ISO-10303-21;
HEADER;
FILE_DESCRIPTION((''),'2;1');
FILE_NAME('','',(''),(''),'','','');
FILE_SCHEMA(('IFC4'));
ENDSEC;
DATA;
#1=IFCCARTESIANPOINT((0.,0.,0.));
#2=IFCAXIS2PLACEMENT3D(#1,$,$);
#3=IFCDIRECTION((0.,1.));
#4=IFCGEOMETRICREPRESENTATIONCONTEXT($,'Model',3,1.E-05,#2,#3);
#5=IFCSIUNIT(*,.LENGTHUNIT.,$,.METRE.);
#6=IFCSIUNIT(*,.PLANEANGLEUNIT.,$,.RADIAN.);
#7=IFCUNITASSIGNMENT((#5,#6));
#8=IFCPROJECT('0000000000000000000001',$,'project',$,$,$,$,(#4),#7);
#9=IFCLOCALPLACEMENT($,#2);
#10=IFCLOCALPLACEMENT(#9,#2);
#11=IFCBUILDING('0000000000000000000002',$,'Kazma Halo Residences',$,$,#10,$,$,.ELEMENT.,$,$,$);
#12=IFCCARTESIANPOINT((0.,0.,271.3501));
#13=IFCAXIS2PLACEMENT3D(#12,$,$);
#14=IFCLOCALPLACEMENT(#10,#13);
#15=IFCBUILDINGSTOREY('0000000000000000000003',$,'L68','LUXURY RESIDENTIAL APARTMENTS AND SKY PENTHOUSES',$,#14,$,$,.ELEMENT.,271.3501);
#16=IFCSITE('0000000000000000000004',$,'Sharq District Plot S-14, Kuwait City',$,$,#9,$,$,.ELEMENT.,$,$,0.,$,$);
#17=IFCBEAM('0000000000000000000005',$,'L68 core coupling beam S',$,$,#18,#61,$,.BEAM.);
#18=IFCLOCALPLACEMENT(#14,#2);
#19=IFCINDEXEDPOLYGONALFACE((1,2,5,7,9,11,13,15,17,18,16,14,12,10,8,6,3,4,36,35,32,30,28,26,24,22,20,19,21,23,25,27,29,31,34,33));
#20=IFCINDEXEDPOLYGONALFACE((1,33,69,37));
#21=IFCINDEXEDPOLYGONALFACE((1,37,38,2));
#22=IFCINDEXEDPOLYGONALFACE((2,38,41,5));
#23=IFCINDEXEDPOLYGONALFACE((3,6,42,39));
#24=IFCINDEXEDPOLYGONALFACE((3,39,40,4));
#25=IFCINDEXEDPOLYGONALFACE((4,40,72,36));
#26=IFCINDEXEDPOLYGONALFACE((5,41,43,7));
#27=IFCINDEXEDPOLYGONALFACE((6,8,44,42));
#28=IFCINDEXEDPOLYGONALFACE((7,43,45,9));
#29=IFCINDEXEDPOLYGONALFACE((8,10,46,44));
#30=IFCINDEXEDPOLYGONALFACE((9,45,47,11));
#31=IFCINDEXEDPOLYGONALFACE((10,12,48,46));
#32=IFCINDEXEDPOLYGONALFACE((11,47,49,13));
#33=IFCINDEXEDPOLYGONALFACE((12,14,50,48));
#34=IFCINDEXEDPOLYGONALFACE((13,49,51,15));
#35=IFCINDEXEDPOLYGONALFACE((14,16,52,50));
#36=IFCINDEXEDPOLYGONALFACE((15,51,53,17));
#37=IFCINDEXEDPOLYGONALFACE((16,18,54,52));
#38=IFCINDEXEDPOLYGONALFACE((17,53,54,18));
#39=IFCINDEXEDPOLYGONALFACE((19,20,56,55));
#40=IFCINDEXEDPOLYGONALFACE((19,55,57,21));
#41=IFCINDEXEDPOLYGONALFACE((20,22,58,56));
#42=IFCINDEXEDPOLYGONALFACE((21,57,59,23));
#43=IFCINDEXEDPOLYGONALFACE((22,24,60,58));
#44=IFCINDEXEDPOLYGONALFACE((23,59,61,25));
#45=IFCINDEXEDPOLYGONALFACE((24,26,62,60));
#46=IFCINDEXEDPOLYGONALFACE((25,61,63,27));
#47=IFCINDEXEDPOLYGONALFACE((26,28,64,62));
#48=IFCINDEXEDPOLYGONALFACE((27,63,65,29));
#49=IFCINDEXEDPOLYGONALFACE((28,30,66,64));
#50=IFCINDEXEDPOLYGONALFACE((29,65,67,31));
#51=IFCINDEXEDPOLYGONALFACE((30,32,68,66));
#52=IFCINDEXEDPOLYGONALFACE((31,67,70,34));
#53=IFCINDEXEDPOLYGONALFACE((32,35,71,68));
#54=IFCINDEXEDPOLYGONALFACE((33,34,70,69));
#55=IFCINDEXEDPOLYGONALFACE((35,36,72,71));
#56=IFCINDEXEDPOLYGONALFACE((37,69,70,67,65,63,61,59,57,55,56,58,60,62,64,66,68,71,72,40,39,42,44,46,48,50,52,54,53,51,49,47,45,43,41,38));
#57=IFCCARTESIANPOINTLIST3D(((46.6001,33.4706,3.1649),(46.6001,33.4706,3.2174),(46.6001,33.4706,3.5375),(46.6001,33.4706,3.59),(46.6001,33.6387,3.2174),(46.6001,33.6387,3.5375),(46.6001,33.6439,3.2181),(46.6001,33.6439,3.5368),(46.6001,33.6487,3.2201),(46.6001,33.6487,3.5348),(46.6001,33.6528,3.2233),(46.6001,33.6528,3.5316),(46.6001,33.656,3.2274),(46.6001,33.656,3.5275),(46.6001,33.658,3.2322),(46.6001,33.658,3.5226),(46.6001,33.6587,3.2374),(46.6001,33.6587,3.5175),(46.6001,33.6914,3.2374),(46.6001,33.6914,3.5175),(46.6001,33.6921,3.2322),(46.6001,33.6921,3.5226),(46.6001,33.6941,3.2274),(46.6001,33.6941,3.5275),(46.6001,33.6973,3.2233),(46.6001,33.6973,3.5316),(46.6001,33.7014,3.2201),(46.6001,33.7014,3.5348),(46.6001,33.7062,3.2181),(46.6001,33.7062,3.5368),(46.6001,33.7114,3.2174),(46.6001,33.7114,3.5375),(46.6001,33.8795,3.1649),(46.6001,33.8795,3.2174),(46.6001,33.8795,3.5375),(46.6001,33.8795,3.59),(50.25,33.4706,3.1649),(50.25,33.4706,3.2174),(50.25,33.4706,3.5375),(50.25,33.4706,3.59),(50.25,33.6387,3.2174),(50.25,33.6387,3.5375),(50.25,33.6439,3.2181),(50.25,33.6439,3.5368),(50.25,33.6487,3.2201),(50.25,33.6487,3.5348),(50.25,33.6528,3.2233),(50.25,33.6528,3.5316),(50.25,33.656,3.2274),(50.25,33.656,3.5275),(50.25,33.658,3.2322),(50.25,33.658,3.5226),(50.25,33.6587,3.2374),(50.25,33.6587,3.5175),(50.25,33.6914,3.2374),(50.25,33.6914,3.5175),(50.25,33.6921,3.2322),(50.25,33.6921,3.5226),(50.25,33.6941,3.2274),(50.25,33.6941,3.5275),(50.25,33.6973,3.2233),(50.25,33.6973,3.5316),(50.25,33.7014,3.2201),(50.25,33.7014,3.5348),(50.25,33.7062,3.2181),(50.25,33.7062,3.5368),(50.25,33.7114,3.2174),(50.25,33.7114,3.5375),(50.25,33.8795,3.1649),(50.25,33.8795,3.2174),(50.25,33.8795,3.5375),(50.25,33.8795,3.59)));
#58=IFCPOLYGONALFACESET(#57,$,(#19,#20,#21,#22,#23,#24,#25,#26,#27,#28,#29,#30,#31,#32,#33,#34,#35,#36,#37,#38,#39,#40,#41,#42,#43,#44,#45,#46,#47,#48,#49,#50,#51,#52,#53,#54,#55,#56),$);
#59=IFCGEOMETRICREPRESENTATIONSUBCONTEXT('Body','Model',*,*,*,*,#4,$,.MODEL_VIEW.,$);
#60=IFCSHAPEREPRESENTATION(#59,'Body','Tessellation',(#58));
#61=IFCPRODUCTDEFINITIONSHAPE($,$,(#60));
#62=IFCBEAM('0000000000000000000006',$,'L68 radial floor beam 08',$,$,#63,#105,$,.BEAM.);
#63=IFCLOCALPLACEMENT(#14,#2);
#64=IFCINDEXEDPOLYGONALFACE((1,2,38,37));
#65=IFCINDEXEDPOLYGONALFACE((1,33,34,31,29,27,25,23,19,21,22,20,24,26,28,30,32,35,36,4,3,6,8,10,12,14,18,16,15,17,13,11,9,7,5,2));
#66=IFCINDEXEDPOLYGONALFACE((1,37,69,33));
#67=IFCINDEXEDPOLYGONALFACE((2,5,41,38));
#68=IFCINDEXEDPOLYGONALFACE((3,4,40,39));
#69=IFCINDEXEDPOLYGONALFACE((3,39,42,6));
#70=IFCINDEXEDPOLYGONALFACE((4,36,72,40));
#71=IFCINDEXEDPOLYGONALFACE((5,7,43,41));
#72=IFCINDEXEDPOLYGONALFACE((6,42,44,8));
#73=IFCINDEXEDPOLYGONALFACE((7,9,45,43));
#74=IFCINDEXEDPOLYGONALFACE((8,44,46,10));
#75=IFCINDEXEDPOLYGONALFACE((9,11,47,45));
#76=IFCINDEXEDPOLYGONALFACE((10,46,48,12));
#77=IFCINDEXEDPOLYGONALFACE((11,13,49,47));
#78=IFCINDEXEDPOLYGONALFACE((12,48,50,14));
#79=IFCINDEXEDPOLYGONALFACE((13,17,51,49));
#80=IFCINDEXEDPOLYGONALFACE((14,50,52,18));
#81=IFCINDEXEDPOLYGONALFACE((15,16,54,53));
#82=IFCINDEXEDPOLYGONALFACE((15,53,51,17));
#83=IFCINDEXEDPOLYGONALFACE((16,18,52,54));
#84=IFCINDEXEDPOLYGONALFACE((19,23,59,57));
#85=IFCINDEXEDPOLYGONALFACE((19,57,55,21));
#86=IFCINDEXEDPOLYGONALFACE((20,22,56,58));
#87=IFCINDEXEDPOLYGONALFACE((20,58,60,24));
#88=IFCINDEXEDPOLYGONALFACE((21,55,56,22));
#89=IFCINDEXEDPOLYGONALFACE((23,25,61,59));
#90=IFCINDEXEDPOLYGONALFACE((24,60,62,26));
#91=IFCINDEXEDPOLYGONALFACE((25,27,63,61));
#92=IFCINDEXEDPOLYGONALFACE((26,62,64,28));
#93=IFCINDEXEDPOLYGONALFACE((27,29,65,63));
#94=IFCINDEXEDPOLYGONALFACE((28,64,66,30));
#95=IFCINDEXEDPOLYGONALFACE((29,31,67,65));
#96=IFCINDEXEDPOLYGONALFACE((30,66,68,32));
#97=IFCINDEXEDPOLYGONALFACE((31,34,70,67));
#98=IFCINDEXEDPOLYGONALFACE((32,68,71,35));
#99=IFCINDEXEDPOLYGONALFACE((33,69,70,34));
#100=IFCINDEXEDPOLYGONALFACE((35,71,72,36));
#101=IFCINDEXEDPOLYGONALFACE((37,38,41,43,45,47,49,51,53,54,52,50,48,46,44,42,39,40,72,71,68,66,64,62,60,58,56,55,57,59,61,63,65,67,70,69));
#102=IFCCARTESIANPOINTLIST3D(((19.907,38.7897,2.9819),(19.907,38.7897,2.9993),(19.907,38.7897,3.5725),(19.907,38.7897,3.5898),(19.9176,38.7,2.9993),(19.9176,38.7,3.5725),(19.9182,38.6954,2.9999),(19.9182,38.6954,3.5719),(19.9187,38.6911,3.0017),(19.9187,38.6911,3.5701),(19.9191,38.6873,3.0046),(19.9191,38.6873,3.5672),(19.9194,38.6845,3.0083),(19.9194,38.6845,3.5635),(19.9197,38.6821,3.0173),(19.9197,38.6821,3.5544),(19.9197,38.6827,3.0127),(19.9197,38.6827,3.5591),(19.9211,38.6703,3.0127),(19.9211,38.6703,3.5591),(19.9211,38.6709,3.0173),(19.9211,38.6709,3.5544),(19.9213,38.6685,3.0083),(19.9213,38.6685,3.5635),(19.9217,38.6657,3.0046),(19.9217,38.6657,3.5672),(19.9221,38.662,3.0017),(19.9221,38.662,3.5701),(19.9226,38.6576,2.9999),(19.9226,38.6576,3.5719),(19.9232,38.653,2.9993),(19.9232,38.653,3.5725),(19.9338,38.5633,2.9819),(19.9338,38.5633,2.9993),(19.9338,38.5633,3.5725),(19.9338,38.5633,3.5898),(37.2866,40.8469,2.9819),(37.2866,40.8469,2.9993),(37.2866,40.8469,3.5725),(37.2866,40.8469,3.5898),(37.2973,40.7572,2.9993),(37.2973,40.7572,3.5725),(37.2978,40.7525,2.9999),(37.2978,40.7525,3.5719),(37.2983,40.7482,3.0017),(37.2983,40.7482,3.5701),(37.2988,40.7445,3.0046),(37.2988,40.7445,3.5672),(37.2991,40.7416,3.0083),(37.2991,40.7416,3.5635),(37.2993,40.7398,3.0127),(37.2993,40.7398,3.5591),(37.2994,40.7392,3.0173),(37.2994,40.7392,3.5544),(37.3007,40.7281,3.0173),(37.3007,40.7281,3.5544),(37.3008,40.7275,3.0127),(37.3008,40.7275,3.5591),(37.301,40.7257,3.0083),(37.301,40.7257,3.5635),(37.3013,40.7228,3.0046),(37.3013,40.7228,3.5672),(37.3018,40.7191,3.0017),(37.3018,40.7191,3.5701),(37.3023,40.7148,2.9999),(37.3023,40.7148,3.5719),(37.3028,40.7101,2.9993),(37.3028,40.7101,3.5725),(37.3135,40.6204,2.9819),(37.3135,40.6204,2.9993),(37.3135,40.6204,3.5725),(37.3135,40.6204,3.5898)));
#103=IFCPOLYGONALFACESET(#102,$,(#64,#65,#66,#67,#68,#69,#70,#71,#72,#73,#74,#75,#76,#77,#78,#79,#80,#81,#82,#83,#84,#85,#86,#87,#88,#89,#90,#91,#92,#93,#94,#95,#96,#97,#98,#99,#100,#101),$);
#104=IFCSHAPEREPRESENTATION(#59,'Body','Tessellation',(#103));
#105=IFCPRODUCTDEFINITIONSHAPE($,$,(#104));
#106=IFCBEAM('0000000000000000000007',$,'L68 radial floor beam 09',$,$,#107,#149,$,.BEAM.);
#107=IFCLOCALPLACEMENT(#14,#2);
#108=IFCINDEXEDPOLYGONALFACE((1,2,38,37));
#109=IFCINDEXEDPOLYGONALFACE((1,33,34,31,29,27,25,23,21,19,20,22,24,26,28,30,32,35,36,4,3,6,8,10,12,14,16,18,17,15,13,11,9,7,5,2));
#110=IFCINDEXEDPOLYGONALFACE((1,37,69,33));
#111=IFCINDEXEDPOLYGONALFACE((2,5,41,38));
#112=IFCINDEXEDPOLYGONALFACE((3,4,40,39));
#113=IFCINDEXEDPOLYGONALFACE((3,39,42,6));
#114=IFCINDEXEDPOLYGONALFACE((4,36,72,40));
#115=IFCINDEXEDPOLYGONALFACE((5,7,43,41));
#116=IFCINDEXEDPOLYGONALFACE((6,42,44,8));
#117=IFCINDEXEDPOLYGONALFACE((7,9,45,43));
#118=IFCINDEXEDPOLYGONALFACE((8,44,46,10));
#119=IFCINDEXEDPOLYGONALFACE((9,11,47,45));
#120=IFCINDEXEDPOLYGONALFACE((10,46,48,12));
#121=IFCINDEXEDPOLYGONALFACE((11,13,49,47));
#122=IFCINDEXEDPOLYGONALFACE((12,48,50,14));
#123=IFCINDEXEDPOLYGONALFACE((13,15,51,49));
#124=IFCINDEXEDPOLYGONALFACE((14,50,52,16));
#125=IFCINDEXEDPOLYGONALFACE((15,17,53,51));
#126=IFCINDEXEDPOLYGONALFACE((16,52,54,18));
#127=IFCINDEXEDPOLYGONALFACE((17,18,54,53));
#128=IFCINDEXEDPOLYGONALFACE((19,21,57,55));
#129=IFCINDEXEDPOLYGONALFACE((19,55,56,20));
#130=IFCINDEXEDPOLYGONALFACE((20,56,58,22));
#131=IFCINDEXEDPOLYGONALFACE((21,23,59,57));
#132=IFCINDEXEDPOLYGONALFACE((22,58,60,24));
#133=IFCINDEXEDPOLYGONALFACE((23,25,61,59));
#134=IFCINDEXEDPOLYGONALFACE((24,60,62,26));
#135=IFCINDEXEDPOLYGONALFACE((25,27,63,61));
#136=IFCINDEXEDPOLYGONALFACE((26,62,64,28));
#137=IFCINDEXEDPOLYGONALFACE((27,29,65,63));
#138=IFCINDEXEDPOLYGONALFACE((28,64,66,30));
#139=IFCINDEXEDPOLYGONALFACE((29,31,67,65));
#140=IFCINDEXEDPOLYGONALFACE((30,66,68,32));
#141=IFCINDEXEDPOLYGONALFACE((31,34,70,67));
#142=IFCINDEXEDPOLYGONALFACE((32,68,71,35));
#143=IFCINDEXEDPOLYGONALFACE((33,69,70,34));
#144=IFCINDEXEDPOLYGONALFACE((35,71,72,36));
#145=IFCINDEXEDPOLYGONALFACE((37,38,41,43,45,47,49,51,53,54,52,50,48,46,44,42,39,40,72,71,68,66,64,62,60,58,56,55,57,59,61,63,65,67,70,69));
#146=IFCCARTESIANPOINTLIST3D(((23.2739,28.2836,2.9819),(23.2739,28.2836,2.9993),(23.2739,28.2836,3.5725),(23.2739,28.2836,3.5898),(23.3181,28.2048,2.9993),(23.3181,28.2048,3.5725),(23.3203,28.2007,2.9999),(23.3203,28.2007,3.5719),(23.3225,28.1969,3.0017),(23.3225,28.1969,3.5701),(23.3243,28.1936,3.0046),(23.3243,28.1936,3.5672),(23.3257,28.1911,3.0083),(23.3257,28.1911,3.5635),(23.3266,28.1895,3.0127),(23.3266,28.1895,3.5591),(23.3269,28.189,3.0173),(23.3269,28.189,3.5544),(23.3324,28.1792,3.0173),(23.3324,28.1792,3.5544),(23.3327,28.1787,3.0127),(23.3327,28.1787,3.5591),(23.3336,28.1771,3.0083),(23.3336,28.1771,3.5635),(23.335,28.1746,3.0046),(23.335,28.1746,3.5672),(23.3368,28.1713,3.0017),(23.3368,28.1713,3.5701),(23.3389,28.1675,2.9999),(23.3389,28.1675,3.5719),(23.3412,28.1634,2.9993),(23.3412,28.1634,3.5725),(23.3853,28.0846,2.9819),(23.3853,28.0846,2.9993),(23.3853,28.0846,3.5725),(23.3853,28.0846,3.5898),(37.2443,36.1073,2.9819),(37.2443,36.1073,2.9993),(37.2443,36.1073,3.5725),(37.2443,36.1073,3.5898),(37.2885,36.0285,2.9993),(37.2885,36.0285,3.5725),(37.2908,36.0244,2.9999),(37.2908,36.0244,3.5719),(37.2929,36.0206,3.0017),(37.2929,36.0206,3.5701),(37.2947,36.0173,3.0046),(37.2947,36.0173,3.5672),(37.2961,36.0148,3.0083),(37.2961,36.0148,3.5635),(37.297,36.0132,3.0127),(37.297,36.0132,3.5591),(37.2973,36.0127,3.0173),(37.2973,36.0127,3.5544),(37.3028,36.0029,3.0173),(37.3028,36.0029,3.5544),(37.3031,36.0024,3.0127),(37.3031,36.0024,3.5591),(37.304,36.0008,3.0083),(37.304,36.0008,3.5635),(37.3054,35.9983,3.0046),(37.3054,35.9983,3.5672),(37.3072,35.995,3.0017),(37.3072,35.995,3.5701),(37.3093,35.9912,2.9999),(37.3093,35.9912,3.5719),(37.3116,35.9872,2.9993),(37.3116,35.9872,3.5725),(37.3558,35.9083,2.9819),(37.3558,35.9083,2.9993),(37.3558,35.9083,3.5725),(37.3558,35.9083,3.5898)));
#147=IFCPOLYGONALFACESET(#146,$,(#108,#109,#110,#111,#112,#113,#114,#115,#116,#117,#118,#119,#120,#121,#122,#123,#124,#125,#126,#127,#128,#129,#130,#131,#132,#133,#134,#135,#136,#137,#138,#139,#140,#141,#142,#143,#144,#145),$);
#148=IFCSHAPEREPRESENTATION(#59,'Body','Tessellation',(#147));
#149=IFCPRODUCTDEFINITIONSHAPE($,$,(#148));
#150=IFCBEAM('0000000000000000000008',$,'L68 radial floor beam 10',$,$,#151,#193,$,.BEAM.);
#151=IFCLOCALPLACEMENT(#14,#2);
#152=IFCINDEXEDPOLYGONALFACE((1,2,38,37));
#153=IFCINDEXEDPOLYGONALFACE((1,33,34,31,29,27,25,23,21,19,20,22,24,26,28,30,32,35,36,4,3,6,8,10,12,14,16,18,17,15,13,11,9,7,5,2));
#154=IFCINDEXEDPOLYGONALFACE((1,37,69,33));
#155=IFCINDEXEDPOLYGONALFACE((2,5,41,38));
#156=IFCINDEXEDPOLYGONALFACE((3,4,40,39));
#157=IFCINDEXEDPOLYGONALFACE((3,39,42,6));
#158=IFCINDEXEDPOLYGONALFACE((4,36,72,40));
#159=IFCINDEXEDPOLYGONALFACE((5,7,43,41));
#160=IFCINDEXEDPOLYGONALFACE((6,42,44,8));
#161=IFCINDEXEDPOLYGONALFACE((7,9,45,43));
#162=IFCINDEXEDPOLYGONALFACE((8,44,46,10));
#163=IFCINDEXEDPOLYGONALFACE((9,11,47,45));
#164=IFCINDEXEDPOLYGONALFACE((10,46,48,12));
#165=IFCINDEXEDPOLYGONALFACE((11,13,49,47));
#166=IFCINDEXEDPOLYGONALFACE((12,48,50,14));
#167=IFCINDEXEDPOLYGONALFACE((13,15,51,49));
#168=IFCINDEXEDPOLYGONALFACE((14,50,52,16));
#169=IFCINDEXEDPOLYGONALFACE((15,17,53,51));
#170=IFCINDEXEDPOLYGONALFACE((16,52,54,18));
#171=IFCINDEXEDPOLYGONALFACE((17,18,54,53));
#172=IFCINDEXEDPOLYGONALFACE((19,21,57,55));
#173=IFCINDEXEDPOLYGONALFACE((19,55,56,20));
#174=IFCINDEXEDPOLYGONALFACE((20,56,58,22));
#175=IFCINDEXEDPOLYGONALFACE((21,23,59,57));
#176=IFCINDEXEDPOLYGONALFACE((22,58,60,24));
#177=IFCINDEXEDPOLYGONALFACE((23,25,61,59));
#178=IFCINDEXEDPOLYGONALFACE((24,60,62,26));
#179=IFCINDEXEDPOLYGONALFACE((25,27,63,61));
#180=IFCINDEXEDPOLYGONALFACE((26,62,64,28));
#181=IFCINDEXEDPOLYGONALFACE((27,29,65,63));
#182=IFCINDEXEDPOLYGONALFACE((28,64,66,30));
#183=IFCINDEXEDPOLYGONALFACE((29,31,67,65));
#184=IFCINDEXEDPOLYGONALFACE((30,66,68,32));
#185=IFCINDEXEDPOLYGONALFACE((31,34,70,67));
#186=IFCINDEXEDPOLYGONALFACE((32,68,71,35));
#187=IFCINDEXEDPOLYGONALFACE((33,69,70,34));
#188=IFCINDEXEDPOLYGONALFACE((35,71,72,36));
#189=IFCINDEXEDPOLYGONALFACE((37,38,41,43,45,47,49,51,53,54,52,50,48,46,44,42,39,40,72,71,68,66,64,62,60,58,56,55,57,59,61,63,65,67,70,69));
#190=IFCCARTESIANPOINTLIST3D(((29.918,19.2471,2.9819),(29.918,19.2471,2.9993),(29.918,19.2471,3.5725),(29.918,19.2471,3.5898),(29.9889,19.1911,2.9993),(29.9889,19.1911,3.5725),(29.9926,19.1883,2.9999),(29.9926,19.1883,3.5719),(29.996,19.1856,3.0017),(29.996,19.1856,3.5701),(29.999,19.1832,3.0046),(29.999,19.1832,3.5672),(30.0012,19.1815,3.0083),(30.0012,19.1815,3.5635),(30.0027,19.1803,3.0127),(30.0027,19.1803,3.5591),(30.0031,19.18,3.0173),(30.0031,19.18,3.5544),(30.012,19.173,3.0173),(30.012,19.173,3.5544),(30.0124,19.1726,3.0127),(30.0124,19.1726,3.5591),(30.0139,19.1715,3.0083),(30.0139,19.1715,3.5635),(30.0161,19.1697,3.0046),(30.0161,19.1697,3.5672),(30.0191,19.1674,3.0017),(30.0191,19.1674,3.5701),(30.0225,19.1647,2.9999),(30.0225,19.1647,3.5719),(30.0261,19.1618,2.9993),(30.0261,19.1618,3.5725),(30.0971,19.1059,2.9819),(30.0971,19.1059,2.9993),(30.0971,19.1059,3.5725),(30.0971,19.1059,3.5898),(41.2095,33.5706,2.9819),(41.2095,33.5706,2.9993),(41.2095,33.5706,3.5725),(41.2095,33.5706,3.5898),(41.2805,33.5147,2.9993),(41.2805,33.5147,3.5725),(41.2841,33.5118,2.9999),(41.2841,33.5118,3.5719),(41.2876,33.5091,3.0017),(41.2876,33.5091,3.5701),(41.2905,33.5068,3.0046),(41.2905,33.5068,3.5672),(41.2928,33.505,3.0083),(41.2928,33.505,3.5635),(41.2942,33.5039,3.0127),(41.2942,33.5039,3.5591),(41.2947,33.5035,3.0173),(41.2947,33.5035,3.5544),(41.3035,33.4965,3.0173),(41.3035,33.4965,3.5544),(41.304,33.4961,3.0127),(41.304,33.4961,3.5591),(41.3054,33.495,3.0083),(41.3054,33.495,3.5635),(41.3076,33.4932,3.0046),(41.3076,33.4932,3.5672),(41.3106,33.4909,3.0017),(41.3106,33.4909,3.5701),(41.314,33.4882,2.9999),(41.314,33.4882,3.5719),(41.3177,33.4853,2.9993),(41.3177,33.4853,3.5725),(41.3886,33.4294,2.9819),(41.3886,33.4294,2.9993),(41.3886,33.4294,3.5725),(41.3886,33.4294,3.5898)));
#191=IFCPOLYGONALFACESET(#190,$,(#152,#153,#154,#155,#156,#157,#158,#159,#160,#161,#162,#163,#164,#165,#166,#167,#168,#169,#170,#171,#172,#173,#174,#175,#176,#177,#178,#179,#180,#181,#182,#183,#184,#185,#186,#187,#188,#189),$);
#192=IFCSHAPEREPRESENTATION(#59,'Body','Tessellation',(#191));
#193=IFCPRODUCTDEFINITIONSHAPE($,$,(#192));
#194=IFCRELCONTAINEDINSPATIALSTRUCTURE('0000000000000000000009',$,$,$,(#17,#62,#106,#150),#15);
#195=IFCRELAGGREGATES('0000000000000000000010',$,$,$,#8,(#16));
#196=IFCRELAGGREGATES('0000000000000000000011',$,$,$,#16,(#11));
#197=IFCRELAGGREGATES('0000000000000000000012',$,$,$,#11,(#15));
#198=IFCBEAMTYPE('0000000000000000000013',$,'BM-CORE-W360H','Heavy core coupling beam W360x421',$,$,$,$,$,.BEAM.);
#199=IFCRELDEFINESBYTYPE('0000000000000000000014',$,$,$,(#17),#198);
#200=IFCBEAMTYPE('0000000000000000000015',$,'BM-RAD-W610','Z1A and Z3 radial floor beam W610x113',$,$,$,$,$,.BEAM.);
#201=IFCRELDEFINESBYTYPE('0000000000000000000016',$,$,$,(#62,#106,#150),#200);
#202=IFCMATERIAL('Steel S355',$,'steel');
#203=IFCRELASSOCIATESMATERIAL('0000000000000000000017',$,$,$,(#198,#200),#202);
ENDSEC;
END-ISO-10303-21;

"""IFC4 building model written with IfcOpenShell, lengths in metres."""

from ifc_helpers import new_model, si_unit, direction, frame, origin, origin_2d, place, context, subcontext, project, spatial, i_section, extrude, material, material_profile, profile_set, type_object, element, save


model = new_model("IFC4")

# Units and contexts
model_context = context("Model", 3, precision=1e-05, world=origin(), true_north=direction((0.0, 1.0)))
body_context = subcontext(model_context, "Body", "Model", "MODEL_VIEW")
ifc_project = project(units=[si_unit("LENGTHUNIT", "METRE"), si_unit("PLANEANGLEUNIT", "RADIAN")], contexts=[model_context])

# Site, building, storey
site_placement = place(None, origin())
site = spatial("IfcSite", under=ifc_project, at=site_placement, Name="Sharq District Plot S-14, Kuwait City", CompositionType="ELEMENT", RefElevation=0.0)
building_placement = place(site_placement, origin())
building = spatial("IfcBuilding", under=site, at=building_placement, Name="Kazma Halo Residences", CompositionType="ELEMENT")
storey_placement = place(building_placement, frame((0.0, 0.0, 271.3501)))
storey = spatial("IfcBuildingStorey", under=building, at=storey_placement, Name="L68", Description="LUXURY RESIDENTIAL APARTMENTS AND SKY PENTHOUSES", CompositionType="ELEMENT", Elevation=271.3501)

# Beams
ifc_material_1 = material(Name="Steel S355", Category="steel")
ifc_material_profile_1 = material_profile(ifc_material_1, i_section(OverallWidth=0.4089, OverallDepth=0.425, WebThickness=0.0327, FlangeThickness=0.0525, FilletRadius=0.02, at=origin_2d()), Name="W360x421")
ifc_profile_set_1 = profile_set([ifc_material_profile_1], Name="Steel S355")
beam_type_1 = type_object("IfcBeamType", Name="BM-CORE-W360H", Description="Heavy core coupling beam W360x421", PredefinedType="BEAM", material=ifc_profile_set_1)
beam_1_placement = place(storey_placement, frame((46.6001, 33.675, 3.3774), z_axis=(1.0, 0.0, 0.0), x_axis=(0.0, 1.0, 0.0)))
element("IfcBeam", 1, at=beam_1_placement, inside=storey, type_object=beam_type_1, Name="L68 core coupling beam S", PredefinedType="BEAM", context=body_context, shape_type="SweptSolid", body=[
    extrude(i_section(OverallWidth=0.4089, OverallDepth=0.425, WebThickness=0.0327, FlangeThickness=0.0525, FilletRadius=0.02, at=origin_2d()), origin(), (0.0, 0.0, 1.0), 3.6499),
])
ifc_material_profile_2 = material_profile(ifc_material_1, i_section(OverallWidth=0.228, OverallDepth=0.6079, WebThickness=0.0112, FlangeThickness=0.0173, FilletRadius=0.0181, at=origin_2d()), Name="W610x113")
ifc_profile_set_2 = profile_set([ifc_material_profile_2], Name="Steel S355")
beam_type_2 = type_object("IfcBeamType", Name="BM-RAD-W610", Description="Z1A and Z3 radial floor beam W610x113", PredefinedType="BEAM", material=ifc_profile_set_2)
beam_2_placement = place(storey_placement, frame((37.3, 40.7336, 3.2859), z_axis=(-0.993068, -0.117544, 0.0), x_axis=(0.117544, -0.993068, 0.0)))
element("IfcBeam", 2, at=beam_2_placement, inside=storey, type_object=beam_type_2, Name="L68 radial floor beam 08", PredefinedType="BEAM", context=body_context, shape_type="SweptSolid", body=[
    extrude(i_section(OverallWidth=0.228, OverallDepth=0.6079, WebThickness=0.0112, FlangeThickness=0.0173, FilletRadius=0.0181, at=origin_2d()), origin(), (0.0, 0.0, 1.0), 17.501),
])
beam_3_placement = place(storey_placement, frame((37.3, 36.0078, 3.2859), z_axis=(-0.872499, -0.488616, 0.0), x_axis=(0.488616, -0.872499, 0.0)))
element("IfcBeam", 3, at=beam_3_placement, inside=storey, type_object=beam_type_2, Name="L68 radial floor beam 09", PredefinedType="BEAM", context=body_context, shape_type="SweptSolid", body=[
    extrude(i_section(OverallWidth=0.228, OverallDepth=0.6079, WebThickness=0.0112, FlangeThickness=0.0173, FilletRadius=0.0181, at=origin_2d()), origin(), (0.0, 0.0, 1.0), 16.012),
])
beam_4_placement = place(storey_placement, frame((41.2991, 33.5, 3.2859), z_axis=(-0.619086, -0.785323, 0.0), x_axis=(0.785323, -0.619086, 0.0)))
element("IfcBeam", 4, at=beam_4_placement, inside=storey, type_object=beam_type_2, Name="L68 radial floor beam 10", PredefinedType="BEAM", context=body_context, shape_type="SweptSolid", body=[
    extrude(i_section(OverallWidth=0.228, OverallDepth=0.6079, WebThickness=0.0112, FlangeThickness=0.0173, FilletRadius=0.0181, at=origin_2d()), origin(), (0.0, 0.0, 1.0), 18.239),
])

save(model, "model.ifc")
